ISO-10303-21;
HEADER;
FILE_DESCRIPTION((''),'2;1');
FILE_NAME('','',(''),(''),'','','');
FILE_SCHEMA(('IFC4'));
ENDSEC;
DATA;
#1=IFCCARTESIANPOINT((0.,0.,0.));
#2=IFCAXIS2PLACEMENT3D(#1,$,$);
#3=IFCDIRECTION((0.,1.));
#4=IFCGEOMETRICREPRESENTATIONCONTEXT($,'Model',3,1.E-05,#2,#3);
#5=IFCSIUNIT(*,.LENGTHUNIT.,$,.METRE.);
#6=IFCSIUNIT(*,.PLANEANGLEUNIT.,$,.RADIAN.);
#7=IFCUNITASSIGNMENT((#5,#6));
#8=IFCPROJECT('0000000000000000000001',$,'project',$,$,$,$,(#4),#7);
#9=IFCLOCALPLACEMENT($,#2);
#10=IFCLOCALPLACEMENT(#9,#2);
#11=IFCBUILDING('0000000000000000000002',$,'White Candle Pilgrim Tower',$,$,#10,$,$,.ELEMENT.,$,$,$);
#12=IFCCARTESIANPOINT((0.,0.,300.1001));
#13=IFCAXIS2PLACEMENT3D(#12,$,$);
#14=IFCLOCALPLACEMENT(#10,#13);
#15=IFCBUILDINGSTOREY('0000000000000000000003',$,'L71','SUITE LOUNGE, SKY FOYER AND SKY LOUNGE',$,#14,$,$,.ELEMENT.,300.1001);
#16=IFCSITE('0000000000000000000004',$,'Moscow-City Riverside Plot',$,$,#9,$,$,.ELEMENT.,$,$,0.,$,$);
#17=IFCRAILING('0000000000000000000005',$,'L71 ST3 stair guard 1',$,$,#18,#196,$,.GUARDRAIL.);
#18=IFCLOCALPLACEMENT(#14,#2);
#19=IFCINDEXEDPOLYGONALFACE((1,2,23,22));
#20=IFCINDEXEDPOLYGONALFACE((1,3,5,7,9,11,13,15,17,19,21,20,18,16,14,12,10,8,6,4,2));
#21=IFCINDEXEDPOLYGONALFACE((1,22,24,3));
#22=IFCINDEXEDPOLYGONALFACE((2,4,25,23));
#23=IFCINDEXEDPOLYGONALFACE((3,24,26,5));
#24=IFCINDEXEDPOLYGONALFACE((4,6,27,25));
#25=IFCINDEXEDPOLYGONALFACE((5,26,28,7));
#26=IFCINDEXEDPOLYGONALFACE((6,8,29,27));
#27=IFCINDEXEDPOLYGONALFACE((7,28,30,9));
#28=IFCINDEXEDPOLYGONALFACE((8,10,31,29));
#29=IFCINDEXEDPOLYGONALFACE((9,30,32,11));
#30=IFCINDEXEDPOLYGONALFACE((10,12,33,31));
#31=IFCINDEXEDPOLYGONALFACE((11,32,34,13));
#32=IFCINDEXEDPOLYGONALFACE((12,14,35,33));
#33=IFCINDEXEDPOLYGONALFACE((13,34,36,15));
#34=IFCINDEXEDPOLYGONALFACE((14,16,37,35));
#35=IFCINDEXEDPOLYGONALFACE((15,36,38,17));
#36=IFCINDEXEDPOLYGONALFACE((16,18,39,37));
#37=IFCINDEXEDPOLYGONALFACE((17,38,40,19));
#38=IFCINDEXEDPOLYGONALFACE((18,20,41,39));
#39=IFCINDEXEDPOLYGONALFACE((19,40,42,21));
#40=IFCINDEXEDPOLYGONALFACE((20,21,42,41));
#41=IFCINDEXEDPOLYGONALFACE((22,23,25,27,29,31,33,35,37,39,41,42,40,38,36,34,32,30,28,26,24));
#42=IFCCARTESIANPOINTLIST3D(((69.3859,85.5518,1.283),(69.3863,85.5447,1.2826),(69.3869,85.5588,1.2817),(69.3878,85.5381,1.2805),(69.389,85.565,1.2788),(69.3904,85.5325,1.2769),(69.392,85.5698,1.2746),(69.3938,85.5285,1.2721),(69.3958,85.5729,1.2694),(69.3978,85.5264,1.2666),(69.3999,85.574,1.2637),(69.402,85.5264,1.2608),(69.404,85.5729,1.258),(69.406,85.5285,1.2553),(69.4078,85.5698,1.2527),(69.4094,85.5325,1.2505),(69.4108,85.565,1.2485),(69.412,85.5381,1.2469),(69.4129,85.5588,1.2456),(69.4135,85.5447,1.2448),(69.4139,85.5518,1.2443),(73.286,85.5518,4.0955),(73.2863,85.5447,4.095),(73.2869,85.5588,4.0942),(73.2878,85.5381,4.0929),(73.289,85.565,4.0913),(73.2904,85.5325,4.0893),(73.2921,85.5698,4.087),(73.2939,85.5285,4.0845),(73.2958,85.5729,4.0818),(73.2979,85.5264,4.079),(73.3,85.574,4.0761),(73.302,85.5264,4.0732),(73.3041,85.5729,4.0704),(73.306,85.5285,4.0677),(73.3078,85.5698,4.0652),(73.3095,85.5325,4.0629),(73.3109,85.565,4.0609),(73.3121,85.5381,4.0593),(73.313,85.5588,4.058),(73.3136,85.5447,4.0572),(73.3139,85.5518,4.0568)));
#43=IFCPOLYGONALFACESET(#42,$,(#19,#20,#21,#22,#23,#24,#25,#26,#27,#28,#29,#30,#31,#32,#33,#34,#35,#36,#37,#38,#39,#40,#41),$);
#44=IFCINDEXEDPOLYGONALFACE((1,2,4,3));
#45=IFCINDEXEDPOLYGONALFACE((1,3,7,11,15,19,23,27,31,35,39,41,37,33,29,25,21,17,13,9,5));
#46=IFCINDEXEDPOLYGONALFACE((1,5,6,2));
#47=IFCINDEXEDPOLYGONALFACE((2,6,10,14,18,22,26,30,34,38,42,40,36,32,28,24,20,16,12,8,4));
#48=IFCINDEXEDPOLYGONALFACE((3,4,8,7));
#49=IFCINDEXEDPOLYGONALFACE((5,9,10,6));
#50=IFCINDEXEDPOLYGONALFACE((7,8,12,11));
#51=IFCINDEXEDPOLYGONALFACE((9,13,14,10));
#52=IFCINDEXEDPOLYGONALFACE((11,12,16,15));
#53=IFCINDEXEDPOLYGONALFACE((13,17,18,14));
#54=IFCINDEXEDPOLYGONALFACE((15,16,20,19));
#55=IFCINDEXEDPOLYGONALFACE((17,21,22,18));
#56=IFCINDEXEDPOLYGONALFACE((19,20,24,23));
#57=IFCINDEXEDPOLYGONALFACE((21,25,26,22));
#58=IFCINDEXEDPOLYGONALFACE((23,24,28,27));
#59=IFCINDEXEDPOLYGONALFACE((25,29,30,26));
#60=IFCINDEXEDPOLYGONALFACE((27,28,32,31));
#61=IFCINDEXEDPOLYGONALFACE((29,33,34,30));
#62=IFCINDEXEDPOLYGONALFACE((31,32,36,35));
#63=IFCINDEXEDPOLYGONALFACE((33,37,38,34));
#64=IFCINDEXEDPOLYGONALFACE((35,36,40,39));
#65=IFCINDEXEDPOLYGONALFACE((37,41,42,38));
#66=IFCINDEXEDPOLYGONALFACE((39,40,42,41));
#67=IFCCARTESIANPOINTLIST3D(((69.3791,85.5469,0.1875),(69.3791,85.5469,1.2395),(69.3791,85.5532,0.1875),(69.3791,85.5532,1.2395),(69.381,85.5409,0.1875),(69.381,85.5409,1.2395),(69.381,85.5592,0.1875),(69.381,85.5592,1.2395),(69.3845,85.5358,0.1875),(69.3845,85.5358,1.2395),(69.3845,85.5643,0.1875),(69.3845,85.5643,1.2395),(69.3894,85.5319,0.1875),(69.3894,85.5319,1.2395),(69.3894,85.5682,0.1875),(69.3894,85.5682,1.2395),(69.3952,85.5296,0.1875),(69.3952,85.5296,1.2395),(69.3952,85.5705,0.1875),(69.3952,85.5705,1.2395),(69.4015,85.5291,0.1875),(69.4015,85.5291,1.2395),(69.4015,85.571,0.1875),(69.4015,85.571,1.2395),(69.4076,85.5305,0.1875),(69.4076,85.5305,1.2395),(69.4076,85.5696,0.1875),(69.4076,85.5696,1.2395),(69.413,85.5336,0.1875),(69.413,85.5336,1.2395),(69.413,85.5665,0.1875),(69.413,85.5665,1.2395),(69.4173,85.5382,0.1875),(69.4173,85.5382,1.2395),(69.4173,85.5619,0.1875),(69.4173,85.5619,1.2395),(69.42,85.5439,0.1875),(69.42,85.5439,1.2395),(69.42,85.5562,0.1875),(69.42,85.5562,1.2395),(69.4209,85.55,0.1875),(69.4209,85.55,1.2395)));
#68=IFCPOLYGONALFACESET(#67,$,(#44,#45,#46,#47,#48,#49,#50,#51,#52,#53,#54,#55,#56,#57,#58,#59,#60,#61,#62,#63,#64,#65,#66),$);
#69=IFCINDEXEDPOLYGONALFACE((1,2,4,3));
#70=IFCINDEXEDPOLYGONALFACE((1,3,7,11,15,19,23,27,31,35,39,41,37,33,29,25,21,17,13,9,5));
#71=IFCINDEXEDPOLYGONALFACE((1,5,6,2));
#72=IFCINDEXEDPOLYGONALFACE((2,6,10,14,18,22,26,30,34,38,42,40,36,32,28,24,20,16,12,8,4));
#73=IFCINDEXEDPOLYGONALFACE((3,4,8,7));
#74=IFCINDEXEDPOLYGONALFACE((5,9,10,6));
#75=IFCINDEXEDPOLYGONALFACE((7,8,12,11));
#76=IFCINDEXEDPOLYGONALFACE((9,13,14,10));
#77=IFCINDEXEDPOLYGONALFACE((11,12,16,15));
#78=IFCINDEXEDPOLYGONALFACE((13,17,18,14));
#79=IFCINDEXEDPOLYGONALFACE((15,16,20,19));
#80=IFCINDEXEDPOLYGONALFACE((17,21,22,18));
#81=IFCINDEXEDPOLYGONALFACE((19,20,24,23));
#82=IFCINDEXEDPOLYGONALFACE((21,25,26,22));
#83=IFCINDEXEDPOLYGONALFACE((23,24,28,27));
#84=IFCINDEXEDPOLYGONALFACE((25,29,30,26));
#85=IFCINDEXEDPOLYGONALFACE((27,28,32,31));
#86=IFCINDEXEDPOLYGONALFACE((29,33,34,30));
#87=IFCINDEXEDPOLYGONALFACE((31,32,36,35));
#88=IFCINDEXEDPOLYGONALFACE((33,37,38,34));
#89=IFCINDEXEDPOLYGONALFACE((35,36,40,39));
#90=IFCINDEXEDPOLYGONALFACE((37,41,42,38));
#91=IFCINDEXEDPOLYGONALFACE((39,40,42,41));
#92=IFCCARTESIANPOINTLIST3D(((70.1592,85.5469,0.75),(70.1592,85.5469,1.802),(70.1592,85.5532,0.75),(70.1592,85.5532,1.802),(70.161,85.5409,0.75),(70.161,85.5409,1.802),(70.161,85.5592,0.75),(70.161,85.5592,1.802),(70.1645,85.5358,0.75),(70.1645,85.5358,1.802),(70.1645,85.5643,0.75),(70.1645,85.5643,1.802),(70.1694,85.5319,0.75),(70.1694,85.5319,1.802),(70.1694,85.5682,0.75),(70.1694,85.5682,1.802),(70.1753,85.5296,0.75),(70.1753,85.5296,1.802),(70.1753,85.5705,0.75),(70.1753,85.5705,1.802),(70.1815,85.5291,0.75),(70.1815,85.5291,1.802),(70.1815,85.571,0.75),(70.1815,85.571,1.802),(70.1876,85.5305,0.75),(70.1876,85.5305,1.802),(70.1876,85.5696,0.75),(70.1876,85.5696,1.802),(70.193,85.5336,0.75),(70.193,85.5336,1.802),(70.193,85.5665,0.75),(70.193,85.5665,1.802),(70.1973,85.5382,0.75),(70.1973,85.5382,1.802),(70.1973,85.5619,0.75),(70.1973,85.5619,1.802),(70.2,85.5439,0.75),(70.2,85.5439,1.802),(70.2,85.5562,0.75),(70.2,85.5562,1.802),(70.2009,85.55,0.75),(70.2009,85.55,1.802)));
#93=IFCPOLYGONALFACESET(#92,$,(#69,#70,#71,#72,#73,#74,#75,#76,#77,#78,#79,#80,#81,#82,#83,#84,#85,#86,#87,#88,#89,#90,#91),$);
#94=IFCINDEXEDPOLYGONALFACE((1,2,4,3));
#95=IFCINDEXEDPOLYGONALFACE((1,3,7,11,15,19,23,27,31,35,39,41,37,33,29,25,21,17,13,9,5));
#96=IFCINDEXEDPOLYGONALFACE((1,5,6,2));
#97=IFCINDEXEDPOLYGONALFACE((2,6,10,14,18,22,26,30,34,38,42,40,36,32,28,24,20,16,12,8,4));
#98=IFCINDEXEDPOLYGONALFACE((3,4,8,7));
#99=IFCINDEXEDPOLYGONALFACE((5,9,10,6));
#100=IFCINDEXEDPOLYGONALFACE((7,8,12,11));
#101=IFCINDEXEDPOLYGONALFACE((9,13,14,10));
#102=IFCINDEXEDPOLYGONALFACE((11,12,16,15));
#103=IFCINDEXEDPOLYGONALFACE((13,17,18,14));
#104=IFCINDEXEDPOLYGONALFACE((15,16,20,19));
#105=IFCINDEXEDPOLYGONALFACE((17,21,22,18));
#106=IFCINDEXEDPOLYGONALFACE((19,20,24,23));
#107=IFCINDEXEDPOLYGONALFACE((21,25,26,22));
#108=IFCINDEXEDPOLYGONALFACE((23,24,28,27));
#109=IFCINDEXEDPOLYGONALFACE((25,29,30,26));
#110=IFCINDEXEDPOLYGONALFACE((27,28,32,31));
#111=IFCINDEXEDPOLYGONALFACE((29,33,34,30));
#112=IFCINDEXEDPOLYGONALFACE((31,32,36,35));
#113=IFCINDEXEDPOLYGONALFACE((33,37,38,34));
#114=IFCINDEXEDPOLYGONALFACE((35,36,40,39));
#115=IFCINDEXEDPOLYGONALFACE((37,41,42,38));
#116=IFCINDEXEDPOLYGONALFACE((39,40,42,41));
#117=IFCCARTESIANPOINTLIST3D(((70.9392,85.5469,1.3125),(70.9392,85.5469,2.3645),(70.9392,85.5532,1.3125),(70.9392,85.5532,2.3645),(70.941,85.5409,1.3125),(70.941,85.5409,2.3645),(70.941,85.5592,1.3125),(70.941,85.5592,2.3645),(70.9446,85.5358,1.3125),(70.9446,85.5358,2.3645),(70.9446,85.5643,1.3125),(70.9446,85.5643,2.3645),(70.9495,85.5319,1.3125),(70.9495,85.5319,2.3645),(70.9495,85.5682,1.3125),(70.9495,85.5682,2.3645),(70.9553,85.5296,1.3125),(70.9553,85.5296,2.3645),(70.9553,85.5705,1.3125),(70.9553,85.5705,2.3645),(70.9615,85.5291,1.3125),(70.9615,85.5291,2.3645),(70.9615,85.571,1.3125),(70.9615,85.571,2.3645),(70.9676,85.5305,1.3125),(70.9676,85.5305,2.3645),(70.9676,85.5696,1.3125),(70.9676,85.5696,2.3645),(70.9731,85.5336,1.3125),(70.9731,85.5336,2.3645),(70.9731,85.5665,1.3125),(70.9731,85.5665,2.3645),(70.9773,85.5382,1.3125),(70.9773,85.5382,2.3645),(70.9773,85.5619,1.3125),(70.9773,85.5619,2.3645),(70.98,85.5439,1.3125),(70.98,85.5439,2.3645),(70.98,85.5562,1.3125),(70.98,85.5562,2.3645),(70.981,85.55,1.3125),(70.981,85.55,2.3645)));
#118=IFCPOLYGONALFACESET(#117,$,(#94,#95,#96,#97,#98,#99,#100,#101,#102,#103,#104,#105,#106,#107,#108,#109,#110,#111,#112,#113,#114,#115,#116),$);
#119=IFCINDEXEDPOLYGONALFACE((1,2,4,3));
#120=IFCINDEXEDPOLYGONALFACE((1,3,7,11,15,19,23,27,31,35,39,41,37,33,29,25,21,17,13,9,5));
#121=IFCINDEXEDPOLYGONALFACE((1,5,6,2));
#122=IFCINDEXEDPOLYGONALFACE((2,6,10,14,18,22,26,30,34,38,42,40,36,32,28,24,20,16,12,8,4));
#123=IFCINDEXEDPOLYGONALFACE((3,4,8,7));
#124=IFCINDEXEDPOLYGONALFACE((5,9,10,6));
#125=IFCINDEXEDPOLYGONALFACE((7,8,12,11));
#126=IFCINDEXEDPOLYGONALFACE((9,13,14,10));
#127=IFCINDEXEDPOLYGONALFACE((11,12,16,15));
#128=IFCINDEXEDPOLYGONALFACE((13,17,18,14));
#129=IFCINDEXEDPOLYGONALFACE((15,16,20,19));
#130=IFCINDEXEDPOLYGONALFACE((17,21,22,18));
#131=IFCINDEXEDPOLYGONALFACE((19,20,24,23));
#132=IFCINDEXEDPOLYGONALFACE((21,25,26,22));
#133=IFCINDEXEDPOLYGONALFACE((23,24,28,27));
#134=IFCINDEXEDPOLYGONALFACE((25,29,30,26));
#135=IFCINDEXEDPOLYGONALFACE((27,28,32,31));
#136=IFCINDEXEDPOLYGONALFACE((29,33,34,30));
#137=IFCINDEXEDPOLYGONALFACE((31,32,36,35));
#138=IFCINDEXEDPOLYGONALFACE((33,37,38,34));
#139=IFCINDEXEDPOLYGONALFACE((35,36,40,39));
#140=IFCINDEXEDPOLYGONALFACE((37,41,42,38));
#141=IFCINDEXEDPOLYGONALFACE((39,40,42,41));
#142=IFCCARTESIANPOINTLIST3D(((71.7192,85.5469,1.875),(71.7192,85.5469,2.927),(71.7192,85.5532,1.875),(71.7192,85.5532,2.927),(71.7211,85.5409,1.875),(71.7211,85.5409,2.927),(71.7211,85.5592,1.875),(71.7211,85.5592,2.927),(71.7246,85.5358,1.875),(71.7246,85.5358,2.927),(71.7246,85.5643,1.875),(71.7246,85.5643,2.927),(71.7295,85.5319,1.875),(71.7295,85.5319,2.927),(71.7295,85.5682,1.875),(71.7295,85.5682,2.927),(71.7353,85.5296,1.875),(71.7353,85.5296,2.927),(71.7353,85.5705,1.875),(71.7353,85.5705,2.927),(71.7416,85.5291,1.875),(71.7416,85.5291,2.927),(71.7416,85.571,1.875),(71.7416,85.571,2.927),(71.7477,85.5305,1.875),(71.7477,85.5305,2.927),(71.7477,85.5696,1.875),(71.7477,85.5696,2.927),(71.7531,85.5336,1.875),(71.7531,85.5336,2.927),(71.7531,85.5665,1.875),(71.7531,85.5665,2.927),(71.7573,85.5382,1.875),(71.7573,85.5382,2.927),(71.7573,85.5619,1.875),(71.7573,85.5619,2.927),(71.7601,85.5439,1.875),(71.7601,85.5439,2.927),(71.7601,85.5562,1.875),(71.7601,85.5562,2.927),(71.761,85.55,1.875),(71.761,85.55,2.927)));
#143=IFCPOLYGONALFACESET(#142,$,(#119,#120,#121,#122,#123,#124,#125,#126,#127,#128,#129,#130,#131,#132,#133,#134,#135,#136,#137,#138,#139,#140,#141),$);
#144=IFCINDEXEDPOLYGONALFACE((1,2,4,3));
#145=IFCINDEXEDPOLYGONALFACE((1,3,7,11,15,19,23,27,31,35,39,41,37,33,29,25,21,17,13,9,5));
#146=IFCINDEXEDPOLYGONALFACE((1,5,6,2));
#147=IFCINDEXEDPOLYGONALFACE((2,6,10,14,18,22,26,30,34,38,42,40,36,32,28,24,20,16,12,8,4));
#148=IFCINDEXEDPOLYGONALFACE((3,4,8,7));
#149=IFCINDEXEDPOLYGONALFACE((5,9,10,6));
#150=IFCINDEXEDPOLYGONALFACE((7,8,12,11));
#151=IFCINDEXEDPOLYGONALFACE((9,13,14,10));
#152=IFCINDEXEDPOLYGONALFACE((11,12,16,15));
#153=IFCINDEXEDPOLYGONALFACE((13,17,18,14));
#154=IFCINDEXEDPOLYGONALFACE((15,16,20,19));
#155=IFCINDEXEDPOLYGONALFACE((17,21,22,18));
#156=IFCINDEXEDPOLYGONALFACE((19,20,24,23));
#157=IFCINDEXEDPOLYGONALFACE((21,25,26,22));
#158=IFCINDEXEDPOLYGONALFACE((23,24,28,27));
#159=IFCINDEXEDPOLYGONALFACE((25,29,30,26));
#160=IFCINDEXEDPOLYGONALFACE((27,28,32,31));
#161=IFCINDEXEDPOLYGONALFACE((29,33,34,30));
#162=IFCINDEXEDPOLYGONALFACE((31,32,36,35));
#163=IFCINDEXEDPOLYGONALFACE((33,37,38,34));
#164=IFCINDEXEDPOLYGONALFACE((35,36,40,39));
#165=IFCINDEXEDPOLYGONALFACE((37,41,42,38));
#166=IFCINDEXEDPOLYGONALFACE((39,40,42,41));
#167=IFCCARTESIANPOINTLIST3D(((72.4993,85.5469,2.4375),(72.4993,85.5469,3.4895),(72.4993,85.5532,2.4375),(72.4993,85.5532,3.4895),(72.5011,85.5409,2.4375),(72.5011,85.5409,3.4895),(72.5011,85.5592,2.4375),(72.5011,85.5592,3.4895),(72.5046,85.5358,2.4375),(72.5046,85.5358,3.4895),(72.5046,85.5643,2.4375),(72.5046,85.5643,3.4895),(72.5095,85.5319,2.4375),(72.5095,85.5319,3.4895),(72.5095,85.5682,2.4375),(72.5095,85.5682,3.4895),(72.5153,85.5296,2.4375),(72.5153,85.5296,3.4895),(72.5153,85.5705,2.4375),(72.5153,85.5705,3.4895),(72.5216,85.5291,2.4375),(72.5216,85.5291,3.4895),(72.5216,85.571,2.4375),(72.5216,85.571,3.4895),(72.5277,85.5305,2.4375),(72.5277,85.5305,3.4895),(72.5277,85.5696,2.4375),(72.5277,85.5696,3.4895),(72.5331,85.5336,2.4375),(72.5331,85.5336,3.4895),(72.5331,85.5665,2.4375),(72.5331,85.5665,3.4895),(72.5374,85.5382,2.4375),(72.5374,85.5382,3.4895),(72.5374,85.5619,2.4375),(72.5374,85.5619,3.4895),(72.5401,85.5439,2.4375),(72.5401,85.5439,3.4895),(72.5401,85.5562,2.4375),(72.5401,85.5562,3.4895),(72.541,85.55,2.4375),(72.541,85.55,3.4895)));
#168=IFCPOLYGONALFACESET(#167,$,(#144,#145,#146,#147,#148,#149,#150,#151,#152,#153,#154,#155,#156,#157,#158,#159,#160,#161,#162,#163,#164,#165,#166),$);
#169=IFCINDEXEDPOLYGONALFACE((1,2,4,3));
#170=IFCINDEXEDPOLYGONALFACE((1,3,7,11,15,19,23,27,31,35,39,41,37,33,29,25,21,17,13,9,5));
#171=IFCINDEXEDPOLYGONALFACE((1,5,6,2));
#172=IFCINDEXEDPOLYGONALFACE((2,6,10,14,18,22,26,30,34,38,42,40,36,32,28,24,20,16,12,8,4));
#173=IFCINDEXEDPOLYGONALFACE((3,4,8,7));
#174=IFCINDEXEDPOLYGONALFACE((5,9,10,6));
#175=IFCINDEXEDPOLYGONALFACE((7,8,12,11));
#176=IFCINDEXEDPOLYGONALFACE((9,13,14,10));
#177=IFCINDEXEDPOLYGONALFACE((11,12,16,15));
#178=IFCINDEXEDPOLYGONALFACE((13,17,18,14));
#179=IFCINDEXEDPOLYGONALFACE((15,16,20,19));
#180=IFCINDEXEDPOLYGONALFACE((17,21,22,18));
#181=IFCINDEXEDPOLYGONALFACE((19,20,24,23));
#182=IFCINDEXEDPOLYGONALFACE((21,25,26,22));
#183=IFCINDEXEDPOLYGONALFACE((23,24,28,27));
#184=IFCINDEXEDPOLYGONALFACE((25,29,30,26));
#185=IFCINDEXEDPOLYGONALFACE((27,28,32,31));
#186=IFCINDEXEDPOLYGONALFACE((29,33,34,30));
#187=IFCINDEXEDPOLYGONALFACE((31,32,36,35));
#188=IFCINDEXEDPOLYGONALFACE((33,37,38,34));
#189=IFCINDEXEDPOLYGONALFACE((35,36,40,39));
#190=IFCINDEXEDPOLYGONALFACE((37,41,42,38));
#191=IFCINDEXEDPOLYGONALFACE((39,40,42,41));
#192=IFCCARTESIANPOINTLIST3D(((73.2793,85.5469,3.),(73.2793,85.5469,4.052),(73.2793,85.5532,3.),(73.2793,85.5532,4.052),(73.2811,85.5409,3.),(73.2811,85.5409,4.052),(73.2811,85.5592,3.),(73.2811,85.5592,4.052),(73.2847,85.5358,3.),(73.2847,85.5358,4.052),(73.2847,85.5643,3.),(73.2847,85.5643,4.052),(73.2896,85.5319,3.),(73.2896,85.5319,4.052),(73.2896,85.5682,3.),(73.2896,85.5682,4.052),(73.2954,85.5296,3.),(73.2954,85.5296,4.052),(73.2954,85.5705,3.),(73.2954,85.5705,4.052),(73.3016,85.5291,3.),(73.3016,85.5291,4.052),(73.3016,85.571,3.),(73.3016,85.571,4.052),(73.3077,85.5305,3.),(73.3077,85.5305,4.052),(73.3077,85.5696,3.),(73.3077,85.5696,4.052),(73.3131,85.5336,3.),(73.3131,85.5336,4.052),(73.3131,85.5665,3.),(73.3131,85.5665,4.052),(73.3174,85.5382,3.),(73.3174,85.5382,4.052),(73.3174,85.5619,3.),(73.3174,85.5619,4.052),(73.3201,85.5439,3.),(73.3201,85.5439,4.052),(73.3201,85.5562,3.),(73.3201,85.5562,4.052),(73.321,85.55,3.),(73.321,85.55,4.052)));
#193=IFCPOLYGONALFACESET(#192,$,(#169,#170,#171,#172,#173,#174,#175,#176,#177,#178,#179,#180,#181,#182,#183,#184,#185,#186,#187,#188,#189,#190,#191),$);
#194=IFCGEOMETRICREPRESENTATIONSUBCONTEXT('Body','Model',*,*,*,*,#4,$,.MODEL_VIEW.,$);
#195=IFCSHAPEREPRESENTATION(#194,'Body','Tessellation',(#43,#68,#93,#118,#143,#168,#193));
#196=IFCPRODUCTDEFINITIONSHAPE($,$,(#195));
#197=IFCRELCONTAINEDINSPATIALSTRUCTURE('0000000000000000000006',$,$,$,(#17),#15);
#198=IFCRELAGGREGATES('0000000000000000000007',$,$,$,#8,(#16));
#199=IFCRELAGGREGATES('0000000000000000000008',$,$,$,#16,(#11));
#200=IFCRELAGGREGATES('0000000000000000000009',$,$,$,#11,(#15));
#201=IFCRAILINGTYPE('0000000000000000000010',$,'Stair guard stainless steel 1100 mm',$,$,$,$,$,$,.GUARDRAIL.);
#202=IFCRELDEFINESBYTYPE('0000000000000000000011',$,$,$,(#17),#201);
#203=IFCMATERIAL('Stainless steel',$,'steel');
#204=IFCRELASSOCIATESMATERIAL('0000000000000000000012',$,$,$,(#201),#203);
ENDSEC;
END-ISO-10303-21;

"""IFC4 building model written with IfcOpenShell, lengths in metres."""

from ifc_helpers import new_model, si_unit, direction, frame, origin, origin_2d, place, context, subcontext, project, spatial, circle, extrude, material, type_object, element, save


model = new_model("IFC4")

# Units and contexts
model_context = context("Model", 3, precision=1e-05, world=origin(), true_north=direction((0.0, 1.0)))
body_context = subcontext(model_context, "Body", "Model", "MODEL_VIEW")
ifc_project = project(units=[si_unit("LENGTHUNIT", "METRE"), si_unit("PLANEANGLEUNIT", "RADIAN")], contexts=[model_context])

# Site, building, storey
site_placement = place(None, origin())
site = spatial("IfcSite", under=ifc_project, at=site_placement, Name="Moscow-City Riverside Plot", CompositionType="ELEMENT", RefElevation=0.0)
building_placement = place(site_placement, origin())
building = spatial("IfcBuilding", under=site, at=building_placement, Name="White Candle Pilgrim Tower", CompositionType="ELEMENT")
storey_placement = place(building_placement, frame((0.0, 0.0, 300.1001)))
storey = spatial("IfcBuildingStorey", under=building, at=storey_placement, Name="L71", Description="SUITE LOUNGE, SKY FOYER AND SKY LOUNGE", CompositionType="ELEMENT", Elevation=300.1001)

# Railing
ifc_material_1 = material(Name="Stainless steel", Category="steel")
railing_type_1 = type_object("IfcRailingType", Name="Stair guard stainless steel 1100 mm", PredefinedType="GUARDRAIL", material=ifc_material_1)
railing_1_placement = place(storey_placement, frame((69.3999, 85.55, 0.1875)))
element("IfcRailing", 1, at=railing_1_placement, inside=storey, type_object=railing_type_1, Name="L71 ST3 stair guard 1", PredefinedType="GUARDRAIL", context=body_context, shape_type="SweptSolid", body=[
    extrude(circle(Radius=0.0239, at=origin_2d()), frame((0.0, 0.0, 1.0762), z_axis=(0.811101, 0.0, 0.584906), x_axis=(0.0, 1.0, 0.0)), (0.0, 0.0, 1.0), 4.8083),
    extrude(circle(Radius=0.021, at=origin_2d()), origin(), (0.0, 0.0, 1.0), 1.052),
    extrude(circle(Radius=0.021, at=origin_2d()), frame((0.78, 0.0, 0.5625)), (0.0, 0.0, 1.0), 1.052),
    extrude(circle(Radius=0.021, at=origin_2d()), frame((1.5601, 0.0, 1.125)), (0.0, 0.0, 1.0), 1.052),
    extrude(circle(Radius=0.021, at=origin_2d()), frame((2.3401, 0.0, 1.6875)), (0.0, 0.0, 1.0), 1.052),
    extrude(circle(Radius=0.021, at=origin_2d()), frame((3.1201, 0.0, 2.25)), (0.0, 0.0, 1.0), 1.052),
    extrude(circle(Radius=0.021, at=origin_2d()), frame((3.9001, 0.0, 2.8125)), (0.0, 0.0, 1.0), 1.052),
])

save(model, "model.ifc")
